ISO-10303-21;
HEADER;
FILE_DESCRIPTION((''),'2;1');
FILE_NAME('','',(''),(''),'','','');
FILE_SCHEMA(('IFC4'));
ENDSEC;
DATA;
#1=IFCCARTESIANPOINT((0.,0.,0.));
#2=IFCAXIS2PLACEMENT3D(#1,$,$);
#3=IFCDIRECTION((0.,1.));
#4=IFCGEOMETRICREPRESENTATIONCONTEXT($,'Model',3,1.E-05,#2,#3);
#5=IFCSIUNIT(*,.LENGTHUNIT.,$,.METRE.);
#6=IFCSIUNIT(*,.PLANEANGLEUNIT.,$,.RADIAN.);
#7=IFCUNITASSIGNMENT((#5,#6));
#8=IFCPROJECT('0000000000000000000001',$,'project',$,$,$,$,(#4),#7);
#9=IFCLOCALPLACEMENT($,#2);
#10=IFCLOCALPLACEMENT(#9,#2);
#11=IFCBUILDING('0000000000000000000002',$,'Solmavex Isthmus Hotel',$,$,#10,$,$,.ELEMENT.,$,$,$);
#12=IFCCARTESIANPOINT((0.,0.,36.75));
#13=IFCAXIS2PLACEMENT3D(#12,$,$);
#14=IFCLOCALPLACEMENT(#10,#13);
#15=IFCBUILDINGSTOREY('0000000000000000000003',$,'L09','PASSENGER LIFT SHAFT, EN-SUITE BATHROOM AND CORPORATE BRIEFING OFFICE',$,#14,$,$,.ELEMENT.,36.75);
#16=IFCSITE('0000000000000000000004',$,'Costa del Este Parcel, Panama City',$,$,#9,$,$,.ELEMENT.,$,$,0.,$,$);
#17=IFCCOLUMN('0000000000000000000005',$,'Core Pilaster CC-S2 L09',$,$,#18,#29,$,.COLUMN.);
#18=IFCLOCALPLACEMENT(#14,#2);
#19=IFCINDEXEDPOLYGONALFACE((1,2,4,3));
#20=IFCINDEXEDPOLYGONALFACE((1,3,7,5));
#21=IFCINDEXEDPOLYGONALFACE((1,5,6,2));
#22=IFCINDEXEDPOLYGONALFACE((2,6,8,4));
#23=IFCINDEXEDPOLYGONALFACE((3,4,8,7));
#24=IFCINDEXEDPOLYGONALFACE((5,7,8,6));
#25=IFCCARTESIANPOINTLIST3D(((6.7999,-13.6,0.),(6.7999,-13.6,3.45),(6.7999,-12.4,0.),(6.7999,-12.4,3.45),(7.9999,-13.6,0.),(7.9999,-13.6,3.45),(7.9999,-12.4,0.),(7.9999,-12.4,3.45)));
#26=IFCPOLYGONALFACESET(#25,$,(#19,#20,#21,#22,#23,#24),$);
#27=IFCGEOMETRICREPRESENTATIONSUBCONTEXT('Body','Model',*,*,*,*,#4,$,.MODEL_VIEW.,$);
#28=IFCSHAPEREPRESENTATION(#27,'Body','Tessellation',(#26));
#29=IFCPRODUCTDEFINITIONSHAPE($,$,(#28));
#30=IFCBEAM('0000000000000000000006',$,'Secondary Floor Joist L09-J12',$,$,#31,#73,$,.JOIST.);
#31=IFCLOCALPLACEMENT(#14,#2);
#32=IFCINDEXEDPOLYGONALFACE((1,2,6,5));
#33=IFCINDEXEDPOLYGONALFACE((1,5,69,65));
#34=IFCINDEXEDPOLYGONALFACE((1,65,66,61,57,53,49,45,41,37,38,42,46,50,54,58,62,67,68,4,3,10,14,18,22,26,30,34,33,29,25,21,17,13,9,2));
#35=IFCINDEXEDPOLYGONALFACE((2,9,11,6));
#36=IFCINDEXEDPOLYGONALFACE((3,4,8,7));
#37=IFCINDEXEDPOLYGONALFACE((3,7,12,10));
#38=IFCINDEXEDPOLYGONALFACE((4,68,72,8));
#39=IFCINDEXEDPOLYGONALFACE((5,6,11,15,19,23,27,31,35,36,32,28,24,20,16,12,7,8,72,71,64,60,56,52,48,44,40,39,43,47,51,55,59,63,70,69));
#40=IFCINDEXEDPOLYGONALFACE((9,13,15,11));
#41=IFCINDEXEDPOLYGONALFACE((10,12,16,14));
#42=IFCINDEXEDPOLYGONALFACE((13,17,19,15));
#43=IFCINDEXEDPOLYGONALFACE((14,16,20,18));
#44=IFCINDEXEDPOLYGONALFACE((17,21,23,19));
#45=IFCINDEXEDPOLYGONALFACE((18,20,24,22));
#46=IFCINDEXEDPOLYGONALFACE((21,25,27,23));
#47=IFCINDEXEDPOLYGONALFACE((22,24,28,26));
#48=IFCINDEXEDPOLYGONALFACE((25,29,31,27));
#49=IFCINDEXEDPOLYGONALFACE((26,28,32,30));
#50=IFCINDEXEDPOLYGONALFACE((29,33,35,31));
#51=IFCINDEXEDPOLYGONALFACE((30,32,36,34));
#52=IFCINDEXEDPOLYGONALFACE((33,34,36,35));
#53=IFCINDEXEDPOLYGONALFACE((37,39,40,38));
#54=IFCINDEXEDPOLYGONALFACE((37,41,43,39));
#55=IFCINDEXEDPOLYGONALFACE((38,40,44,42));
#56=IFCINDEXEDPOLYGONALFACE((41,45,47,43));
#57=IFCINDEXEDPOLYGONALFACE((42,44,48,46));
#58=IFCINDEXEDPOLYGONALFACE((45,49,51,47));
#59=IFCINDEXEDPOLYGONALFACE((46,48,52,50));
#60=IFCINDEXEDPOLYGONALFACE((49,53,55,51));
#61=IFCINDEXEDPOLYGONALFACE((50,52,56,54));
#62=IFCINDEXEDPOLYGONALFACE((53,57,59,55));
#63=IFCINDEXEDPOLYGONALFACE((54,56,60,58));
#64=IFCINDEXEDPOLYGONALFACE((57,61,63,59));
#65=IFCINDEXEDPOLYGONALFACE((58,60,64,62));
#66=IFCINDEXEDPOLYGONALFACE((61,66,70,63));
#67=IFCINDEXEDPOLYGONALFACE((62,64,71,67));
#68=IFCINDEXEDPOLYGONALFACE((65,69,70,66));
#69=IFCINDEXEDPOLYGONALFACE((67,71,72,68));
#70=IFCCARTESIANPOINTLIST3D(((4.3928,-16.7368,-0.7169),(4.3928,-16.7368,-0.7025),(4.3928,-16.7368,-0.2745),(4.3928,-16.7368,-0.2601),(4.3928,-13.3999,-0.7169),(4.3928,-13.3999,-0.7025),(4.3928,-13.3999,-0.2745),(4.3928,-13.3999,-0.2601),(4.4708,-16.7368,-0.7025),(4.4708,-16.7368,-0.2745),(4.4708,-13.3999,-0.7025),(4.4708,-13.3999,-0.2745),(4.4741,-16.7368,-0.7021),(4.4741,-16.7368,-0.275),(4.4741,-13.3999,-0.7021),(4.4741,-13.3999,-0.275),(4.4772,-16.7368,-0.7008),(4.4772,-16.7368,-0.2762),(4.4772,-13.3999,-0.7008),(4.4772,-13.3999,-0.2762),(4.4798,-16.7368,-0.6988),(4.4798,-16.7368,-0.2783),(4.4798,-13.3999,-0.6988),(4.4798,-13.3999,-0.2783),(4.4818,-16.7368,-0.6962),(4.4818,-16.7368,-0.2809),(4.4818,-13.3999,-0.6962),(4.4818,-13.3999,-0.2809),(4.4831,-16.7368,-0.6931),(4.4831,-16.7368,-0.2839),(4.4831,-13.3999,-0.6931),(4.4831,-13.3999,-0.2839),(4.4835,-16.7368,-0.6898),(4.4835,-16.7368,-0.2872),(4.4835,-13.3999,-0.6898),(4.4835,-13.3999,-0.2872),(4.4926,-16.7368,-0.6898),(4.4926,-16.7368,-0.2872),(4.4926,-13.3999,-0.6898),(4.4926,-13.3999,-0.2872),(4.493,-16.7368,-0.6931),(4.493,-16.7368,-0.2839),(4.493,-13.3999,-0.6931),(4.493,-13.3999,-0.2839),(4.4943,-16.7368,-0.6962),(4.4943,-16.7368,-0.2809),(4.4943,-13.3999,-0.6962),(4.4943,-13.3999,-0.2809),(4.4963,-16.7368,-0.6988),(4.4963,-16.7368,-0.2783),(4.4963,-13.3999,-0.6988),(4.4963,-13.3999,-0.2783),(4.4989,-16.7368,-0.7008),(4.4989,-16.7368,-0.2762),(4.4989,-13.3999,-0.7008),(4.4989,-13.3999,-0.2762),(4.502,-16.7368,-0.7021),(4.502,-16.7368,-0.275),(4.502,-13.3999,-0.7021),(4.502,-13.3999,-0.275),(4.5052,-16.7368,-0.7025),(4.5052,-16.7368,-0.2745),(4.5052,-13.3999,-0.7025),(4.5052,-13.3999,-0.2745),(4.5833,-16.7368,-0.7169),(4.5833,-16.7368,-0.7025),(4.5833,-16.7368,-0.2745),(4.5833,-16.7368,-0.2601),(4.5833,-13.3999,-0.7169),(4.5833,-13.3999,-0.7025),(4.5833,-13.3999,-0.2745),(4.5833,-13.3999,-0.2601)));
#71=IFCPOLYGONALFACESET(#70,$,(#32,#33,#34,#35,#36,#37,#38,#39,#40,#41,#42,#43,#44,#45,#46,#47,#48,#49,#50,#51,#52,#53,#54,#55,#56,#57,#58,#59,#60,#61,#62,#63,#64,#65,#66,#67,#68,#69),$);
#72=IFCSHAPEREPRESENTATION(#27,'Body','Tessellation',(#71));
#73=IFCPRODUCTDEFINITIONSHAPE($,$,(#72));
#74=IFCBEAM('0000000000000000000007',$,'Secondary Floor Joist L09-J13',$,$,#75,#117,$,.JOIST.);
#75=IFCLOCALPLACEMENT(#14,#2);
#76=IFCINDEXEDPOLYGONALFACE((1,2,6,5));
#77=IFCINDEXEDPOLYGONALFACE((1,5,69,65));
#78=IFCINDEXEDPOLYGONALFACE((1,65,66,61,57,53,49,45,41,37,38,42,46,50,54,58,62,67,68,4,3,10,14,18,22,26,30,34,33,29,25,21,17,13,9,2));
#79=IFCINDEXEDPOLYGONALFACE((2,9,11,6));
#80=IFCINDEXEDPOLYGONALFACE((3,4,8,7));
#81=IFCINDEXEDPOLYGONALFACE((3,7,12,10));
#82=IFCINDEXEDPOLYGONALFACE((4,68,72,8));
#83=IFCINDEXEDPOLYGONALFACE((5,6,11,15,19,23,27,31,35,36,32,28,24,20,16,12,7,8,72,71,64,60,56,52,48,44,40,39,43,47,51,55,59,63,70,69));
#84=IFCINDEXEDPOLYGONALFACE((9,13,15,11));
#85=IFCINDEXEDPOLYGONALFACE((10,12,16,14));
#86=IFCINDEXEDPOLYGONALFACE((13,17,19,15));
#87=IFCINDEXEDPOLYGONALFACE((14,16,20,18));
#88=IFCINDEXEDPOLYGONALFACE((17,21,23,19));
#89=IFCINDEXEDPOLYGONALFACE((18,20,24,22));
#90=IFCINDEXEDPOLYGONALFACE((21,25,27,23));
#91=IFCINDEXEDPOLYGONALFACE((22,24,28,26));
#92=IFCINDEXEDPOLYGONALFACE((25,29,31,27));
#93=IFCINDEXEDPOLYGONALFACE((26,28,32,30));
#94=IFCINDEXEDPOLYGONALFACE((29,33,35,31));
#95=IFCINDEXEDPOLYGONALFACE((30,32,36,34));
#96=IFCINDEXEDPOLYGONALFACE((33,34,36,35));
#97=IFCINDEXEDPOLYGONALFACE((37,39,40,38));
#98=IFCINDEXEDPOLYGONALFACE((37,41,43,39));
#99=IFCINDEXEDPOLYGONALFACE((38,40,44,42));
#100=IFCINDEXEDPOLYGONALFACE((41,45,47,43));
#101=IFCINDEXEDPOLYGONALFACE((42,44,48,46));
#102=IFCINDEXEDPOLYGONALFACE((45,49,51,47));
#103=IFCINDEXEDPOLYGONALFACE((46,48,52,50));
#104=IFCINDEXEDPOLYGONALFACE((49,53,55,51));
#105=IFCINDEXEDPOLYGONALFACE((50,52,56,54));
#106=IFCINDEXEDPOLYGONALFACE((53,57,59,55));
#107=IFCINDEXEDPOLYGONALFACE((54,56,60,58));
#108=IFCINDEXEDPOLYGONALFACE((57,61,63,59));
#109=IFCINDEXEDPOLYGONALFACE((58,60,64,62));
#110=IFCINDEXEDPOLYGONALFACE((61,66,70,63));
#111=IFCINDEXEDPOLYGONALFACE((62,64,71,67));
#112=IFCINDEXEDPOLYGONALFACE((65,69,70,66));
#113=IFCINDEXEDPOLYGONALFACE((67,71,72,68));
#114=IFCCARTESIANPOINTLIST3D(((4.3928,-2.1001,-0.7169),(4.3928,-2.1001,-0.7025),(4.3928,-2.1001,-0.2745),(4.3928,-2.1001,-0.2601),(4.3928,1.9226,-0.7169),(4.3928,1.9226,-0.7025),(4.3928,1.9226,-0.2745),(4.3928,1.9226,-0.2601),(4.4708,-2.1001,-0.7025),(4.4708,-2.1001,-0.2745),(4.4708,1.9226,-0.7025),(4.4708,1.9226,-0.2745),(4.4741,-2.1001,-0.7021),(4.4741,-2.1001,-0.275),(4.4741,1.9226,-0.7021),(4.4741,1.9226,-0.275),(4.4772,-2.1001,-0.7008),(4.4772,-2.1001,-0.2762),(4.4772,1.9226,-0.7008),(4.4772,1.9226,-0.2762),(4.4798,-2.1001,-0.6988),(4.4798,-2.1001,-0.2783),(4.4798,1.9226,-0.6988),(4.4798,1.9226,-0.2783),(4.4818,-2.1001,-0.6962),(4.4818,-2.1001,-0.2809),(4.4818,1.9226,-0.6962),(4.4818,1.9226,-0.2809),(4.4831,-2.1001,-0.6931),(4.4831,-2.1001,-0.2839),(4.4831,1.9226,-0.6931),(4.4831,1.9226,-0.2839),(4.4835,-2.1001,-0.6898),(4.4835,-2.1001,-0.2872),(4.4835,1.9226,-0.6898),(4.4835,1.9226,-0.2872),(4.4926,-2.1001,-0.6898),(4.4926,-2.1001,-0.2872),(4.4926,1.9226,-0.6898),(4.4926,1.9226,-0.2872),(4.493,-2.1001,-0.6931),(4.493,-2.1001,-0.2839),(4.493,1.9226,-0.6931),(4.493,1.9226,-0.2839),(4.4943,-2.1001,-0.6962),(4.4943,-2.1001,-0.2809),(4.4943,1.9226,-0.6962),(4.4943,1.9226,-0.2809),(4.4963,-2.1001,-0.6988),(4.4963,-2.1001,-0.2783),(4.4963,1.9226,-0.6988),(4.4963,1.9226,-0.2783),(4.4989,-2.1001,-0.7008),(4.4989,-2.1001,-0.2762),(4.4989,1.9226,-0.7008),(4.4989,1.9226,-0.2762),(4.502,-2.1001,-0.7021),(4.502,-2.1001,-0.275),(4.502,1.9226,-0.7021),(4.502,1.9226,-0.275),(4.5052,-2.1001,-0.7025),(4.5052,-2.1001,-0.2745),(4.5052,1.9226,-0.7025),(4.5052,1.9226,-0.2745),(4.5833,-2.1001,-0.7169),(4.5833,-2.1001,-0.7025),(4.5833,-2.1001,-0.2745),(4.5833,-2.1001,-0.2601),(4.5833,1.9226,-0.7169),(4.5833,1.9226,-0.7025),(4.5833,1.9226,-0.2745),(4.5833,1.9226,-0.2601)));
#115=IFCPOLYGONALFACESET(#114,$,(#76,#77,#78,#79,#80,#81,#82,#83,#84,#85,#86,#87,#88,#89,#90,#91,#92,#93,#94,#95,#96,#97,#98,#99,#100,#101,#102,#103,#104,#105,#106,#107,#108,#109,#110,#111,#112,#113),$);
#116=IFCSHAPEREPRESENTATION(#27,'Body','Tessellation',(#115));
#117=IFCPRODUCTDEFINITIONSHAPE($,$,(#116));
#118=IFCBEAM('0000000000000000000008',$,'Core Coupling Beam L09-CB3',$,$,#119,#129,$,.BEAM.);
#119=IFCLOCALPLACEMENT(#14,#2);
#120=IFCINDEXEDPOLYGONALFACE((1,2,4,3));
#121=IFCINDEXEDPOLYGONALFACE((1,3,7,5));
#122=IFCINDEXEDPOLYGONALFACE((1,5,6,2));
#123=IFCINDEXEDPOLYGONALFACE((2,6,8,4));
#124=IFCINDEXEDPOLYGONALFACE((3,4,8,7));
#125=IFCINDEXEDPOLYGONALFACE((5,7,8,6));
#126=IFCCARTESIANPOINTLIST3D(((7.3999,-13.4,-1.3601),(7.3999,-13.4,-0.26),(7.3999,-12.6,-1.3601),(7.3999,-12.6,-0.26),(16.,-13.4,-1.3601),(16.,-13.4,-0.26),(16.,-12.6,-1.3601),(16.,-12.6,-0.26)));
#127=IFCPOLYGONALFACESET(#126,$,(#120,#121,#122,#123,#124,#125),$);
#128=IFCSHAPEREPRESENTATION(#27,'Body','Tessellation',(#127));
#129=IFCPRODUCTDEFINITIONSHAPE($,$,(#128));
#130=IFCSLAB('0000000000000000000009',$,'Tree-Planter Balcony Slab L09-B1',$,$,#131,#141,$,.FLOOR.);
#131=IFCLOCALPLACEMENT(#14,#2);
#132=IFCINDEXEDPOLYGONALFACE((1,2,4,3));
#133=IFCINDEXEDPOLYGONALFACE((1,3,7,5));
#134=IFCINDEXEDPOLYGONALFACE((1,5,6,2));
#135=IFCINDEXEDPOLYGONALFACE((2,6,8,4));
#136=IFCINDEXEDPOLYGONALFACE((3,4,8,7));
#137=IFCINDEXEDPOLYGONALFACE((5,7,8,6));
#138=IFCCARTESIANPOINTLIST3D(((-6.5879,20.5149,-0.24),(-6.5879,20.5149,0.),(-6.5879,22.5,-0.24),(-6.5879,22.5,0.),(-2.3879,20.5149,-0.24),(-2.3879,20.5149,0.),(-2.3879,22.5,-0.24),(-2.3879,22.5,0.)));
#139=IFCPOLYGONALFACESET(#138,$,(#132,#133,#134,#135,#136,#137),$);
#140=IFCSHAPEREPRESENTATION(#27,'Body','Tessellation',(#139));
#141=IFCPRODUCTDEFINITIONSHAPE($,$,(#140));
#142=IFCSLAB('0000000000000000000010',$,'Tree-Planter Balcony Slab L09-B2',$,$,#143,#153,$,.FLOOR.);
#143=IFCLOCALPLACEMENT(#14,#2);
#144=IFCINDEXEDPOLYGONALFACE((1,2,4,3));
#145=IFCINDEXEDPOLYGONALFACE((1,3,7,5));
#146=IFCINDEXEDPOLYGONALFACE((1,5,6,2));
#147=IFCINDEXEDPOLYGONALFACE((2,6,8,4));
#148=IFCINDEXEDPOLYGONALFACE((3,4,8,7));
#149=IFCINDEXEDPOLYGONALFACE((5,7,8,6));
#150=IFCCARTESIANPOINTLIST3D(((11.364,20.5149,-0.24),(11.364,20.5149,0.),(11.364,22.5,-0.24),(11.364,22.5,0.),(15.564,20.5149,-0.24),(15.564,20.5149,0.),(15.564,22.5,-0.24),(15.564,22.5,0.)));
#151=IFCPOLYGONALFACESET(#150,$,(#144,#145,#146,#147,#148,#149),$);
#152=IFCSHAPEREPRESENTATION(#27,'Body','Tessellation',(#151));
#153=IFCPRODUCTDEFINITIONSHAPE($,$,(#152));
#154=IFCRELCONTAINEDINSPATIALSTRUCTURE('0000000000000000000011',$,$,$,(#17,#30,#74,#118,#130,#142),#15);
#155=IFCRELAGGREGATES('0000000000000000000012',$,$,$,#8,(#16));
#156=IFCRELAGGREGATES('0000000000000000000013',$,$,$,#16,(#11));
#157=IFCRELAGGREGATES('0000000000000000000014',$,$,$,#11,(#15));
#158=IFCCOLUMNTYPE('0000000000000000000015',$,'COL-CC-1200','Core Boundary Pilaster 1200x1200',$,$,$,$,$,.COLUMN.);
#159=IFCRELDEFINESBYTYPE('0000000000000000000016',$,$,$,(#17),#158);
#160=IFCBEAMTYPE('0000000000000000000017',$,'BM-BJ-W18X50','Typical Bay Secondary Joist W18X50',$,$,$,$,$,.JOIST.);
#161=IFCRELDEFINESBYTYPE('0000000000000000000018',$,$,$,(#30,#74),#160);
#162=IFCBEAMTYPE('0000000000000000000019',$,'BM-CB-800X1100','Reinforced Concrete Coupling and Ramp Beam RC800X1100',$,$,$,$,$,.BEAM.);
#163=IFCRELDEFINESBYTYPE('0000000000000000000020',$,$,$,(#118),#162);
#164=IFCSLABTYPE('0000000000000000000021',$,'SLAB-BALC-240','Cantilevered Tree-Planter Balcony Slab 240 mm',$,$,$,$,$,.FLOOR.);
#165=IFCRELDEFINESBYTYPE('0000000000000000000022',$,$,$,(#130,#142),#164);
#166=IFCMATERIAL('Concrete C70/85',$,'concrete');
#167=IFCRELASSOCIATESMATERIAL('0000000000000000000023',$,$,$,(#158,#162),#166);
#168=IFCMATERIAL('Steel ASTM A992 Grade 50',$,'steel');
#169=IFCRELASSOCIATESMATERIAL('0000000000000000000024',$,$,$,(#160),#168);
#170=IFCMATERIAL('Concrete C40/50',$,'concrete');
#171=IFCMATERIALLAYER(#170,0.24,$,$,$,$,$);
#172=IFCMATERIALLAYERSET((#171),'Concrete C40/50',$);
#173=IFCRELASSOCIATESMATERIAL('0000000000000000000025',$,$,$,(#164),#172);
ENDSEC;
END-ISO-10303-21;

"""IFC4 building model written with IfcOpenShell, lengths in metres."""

from ifc_helpers import new_model, si_unit, direction, frame, origin, origin_2d, place, context, subcontext, project, spatial, polyline, rectangle, i_section, outline, extrude, material, layer, layer_set, material_profile, profile_set, type_object, element, save


model = new_model("IFC4")

# Units and contexts
model_context = context("Model", 3, precision=1e-05, world=origin(), true_north=direction((0.0, 1.0)))
body_context = subcontext(model_context, "Body", "Model", "MODEL_VIEW")
ifc_project = project(units=[si_unit("LENGTHUNIT", "METRE"), si_unit("PLANEANGLEUNIT", "RADIAN")], contexts=[model_context])

# Site, building, storey
site_placement = place(None, origin())
site = spatial("IfcSite", under=ifc_project, at=site_placement, Name="Costa del Este Parcel, Panama City", CompositionType="ELEMENT", RefElevation=0.0)
building_placement = place(site_placement, origin())
building = spatial("IfcBuilding", under=site, at=building_placement, Name="Solmavex Isthmus Hotel", CompositionType="ELEMENT")
storey_placement = place(building_placement, frame((0.0, 0.0, 36.75)))
storey = spatial("IfcBuildingStorey", under=building, at=storey_placement, Name="L09", Description="PASSENGER LIFT SHAFT, EN-SUITE BATHROOM AND CORPORATE BRIEFING OFFICE", CompositionType="ELEMENT", Elevation=36.75)

# Column
ifc_material_1 = material(Name="Concrete C70/85", Category="concrete")
ifc_material_profile_1 = material_profile(ifc_material_1, rectangle(XDim=1.2, YDim=1.2, at=origin_2d()), Name="RC1200X1200")
ifc_profile_set_1 = profile_set([ifc_material_profile_1], Name="Concrete C70/85")
column_type = type_object("IfcColumnType", Name="COL-CC-1200", Description="Core Boundary Pilaster 1200x1200", PredefinedType="COLUMN", material=ifc_profile_set_1)
column_placement = place(storey_placement, frame((7.3999, -13.0, 0.0), z_axis=(0.0, 0.0, 1.0), x_axis=(1.0, 0.0, 0.0)))
element("IfcColumn", 1, at=column_placement, inside=storey, type_object=column_type, Name="Core Pilaster CC-S2 L09", PredefinedType="COLUMN", context=body_context, shape_type="SweptSolid", body=[
    extrude(rectangle(XDim=1.2, YDim=1.2, at=origin_2d()), origin(), (0.0, 0.0, 1.0), 3.45),
])

# Beams
ifc_material_2 = material(Name="Steel ASTM A992 Grade 50", Category="steel")
ifc_material_profile_2 = material_profile(ifc_material_2, i_section(OverallWidth=0.1904, OverallDepth=0.4568, WebThickness=0.009, FlangeThickness=0.0144, FilletRadius=0.0127, at=origin_2d()), Name="W18X50")
ifc_profile_set_2 = profile_set([ifc_material_profile_2], Name="Steel ASTM A992 Grade 50")
beam_type_1 = type_object("IfcBeamType", Name="BM-BJ-W18X50", Description="Typical Bay Secondary Joist W18X50", PredefinedType="JOIST", material=ifc_profile_set_2)
beam_1_placement = place(storey_placement, frame((4.488, -16.7368, -0.4885), z_axis=(0.0, 1.0, 0.0), x_axis=(-1.0, 0.0, 0.0)))
element("IfcBeam", 2, at=beam_1_placement, inside=storey, type_object=beam_type_1, Name="Secondary Floor Joist L09-J12", PredefinedType="JOIST", context=body_context, shape_type="SweptSolid", body=[
    extrude(i_section(OverallWidth=0.1904, OverallDepth=0.4568, WebThickness=0.009, FlangeThickness=0.0144, FilletRadius=0.0127, at=origin_2d()), origin(), (0.0, 0.0, 1.0), 3.3369),
])
beam_2_placement = place(storey_placement, frame((4.488, -2.1001, -0.4885), z_axis=(0.0, 1.0, 0.0), x_axis=(-1.0, 0.0, 0.0)))
element("IfcBeam", 3, at=beam_2_placement, inside=storey, type_object=beam_type_1, Name="Secondary Floor Joist L09-J13", PredefinedType="JOIST", context=body_context, shape_type="SweptSolid", body=[
    extrude(i_section(OverallWidth=0.1904, OverallDepth=0.4568, WebThickness=0.009, FlangeThickness=0.0144, FilletRadius=0.0127, at=origin_2d()), origin(), (0.0, 0.0, 1.0), 4.0227),
])
ifc_material_profile_3 = material_profile(ifc_material_1, rectangle(XDim=0.8, YDim=1.1001, at=origin_2d()), Name="RC800X1100")
ifc_profile_set_3 = profile_set([ifc_material_profile_3], Name="Concrete C70/85")
beam_type_2 = type_object("IfcBeamType", Name="BM-CB-800X1100", Description="Reinforced Concrete Coupling and Ramp Beam RC800X1100", PredefinedType="BEAM", material=ifc_profile_set_3)
beam_3_placement = place(storey_placement, frame((7.3999, -13.0, -0.8101), z_axis=(1.0, 0.0, 0.0), x_axis=(0.0, 1.0, 0.0)))
element("IfcBeam", 4, at=beam_3_placement, inside=storey, type_object=beam_type_2, Name="Core Coupling Beam L09-CB3", PredefinedType="BEAM", context=body_context, shape_type="SweptSolid", body=[
    extrude(rectangle(XDim=0.8, YDim=1.1001, at=origin_2d()), origin(), (0.0, 0.0, 1.0), 8.6001),
])

# Slabs
ifc_material_3 = material(Name="Concrete C40/50", Category="concrete")
ifc_layer_1 = layer(ifc_material_3, 0.24)
ifc_layer_set_1 = layer_set([ifc_layer_1], Name="Concrete C40/50")
slab_type_1 = type_object("IfcSlabType", Name="SLAB-BALC-240", Description="Cantilevered Tree-Planter Balcony Slab 240 mm", PredefinedType="FLOOR", material=ifc_layer_set_1)
slab_1_placement = place(storey_placement, frame((0.0, 0.0, -0.24)))
element("IfcSlab", 5, at=slab_1_placement, inside=storey, type_object=slab_type_1, Name="Tree-Planter Balcony Slab L09-B1", PredefinedType="FLOOR", context=body_context, shape_type="SweptSolid", body=[
    extrude(outline(polyline([(-6.5879, 20.5149), (-2.3879, 20.5149), (-2.3879, 22.5), (-6.5879, 22.5), (-6.5879, 20.5149)])), origin(), (0.0, 0.0, 1.0), 0.24),
])
slab_2_placement = place(storey_placement, frame((0.0, 0.0, -0.24)))
element("IfcSlab", 6, at=slab_2_placement, inside=storey, type_object=slab_type_1, Name="Tree-Planter Balcony Slab L09-B2", PredefinedType="FLOOR", context=body_context, shape_type="SweptSolid", body=[
    extrude(outline(polyline([(11.364, 20.5149), (15.564, 20.5149), (15.564, 22.5), (11.364, 22.5), (11.364, 20.5149)])), origin(), (0.0, 0.0, 1.0), 0.24),
])

save(model, "model.ifc")
